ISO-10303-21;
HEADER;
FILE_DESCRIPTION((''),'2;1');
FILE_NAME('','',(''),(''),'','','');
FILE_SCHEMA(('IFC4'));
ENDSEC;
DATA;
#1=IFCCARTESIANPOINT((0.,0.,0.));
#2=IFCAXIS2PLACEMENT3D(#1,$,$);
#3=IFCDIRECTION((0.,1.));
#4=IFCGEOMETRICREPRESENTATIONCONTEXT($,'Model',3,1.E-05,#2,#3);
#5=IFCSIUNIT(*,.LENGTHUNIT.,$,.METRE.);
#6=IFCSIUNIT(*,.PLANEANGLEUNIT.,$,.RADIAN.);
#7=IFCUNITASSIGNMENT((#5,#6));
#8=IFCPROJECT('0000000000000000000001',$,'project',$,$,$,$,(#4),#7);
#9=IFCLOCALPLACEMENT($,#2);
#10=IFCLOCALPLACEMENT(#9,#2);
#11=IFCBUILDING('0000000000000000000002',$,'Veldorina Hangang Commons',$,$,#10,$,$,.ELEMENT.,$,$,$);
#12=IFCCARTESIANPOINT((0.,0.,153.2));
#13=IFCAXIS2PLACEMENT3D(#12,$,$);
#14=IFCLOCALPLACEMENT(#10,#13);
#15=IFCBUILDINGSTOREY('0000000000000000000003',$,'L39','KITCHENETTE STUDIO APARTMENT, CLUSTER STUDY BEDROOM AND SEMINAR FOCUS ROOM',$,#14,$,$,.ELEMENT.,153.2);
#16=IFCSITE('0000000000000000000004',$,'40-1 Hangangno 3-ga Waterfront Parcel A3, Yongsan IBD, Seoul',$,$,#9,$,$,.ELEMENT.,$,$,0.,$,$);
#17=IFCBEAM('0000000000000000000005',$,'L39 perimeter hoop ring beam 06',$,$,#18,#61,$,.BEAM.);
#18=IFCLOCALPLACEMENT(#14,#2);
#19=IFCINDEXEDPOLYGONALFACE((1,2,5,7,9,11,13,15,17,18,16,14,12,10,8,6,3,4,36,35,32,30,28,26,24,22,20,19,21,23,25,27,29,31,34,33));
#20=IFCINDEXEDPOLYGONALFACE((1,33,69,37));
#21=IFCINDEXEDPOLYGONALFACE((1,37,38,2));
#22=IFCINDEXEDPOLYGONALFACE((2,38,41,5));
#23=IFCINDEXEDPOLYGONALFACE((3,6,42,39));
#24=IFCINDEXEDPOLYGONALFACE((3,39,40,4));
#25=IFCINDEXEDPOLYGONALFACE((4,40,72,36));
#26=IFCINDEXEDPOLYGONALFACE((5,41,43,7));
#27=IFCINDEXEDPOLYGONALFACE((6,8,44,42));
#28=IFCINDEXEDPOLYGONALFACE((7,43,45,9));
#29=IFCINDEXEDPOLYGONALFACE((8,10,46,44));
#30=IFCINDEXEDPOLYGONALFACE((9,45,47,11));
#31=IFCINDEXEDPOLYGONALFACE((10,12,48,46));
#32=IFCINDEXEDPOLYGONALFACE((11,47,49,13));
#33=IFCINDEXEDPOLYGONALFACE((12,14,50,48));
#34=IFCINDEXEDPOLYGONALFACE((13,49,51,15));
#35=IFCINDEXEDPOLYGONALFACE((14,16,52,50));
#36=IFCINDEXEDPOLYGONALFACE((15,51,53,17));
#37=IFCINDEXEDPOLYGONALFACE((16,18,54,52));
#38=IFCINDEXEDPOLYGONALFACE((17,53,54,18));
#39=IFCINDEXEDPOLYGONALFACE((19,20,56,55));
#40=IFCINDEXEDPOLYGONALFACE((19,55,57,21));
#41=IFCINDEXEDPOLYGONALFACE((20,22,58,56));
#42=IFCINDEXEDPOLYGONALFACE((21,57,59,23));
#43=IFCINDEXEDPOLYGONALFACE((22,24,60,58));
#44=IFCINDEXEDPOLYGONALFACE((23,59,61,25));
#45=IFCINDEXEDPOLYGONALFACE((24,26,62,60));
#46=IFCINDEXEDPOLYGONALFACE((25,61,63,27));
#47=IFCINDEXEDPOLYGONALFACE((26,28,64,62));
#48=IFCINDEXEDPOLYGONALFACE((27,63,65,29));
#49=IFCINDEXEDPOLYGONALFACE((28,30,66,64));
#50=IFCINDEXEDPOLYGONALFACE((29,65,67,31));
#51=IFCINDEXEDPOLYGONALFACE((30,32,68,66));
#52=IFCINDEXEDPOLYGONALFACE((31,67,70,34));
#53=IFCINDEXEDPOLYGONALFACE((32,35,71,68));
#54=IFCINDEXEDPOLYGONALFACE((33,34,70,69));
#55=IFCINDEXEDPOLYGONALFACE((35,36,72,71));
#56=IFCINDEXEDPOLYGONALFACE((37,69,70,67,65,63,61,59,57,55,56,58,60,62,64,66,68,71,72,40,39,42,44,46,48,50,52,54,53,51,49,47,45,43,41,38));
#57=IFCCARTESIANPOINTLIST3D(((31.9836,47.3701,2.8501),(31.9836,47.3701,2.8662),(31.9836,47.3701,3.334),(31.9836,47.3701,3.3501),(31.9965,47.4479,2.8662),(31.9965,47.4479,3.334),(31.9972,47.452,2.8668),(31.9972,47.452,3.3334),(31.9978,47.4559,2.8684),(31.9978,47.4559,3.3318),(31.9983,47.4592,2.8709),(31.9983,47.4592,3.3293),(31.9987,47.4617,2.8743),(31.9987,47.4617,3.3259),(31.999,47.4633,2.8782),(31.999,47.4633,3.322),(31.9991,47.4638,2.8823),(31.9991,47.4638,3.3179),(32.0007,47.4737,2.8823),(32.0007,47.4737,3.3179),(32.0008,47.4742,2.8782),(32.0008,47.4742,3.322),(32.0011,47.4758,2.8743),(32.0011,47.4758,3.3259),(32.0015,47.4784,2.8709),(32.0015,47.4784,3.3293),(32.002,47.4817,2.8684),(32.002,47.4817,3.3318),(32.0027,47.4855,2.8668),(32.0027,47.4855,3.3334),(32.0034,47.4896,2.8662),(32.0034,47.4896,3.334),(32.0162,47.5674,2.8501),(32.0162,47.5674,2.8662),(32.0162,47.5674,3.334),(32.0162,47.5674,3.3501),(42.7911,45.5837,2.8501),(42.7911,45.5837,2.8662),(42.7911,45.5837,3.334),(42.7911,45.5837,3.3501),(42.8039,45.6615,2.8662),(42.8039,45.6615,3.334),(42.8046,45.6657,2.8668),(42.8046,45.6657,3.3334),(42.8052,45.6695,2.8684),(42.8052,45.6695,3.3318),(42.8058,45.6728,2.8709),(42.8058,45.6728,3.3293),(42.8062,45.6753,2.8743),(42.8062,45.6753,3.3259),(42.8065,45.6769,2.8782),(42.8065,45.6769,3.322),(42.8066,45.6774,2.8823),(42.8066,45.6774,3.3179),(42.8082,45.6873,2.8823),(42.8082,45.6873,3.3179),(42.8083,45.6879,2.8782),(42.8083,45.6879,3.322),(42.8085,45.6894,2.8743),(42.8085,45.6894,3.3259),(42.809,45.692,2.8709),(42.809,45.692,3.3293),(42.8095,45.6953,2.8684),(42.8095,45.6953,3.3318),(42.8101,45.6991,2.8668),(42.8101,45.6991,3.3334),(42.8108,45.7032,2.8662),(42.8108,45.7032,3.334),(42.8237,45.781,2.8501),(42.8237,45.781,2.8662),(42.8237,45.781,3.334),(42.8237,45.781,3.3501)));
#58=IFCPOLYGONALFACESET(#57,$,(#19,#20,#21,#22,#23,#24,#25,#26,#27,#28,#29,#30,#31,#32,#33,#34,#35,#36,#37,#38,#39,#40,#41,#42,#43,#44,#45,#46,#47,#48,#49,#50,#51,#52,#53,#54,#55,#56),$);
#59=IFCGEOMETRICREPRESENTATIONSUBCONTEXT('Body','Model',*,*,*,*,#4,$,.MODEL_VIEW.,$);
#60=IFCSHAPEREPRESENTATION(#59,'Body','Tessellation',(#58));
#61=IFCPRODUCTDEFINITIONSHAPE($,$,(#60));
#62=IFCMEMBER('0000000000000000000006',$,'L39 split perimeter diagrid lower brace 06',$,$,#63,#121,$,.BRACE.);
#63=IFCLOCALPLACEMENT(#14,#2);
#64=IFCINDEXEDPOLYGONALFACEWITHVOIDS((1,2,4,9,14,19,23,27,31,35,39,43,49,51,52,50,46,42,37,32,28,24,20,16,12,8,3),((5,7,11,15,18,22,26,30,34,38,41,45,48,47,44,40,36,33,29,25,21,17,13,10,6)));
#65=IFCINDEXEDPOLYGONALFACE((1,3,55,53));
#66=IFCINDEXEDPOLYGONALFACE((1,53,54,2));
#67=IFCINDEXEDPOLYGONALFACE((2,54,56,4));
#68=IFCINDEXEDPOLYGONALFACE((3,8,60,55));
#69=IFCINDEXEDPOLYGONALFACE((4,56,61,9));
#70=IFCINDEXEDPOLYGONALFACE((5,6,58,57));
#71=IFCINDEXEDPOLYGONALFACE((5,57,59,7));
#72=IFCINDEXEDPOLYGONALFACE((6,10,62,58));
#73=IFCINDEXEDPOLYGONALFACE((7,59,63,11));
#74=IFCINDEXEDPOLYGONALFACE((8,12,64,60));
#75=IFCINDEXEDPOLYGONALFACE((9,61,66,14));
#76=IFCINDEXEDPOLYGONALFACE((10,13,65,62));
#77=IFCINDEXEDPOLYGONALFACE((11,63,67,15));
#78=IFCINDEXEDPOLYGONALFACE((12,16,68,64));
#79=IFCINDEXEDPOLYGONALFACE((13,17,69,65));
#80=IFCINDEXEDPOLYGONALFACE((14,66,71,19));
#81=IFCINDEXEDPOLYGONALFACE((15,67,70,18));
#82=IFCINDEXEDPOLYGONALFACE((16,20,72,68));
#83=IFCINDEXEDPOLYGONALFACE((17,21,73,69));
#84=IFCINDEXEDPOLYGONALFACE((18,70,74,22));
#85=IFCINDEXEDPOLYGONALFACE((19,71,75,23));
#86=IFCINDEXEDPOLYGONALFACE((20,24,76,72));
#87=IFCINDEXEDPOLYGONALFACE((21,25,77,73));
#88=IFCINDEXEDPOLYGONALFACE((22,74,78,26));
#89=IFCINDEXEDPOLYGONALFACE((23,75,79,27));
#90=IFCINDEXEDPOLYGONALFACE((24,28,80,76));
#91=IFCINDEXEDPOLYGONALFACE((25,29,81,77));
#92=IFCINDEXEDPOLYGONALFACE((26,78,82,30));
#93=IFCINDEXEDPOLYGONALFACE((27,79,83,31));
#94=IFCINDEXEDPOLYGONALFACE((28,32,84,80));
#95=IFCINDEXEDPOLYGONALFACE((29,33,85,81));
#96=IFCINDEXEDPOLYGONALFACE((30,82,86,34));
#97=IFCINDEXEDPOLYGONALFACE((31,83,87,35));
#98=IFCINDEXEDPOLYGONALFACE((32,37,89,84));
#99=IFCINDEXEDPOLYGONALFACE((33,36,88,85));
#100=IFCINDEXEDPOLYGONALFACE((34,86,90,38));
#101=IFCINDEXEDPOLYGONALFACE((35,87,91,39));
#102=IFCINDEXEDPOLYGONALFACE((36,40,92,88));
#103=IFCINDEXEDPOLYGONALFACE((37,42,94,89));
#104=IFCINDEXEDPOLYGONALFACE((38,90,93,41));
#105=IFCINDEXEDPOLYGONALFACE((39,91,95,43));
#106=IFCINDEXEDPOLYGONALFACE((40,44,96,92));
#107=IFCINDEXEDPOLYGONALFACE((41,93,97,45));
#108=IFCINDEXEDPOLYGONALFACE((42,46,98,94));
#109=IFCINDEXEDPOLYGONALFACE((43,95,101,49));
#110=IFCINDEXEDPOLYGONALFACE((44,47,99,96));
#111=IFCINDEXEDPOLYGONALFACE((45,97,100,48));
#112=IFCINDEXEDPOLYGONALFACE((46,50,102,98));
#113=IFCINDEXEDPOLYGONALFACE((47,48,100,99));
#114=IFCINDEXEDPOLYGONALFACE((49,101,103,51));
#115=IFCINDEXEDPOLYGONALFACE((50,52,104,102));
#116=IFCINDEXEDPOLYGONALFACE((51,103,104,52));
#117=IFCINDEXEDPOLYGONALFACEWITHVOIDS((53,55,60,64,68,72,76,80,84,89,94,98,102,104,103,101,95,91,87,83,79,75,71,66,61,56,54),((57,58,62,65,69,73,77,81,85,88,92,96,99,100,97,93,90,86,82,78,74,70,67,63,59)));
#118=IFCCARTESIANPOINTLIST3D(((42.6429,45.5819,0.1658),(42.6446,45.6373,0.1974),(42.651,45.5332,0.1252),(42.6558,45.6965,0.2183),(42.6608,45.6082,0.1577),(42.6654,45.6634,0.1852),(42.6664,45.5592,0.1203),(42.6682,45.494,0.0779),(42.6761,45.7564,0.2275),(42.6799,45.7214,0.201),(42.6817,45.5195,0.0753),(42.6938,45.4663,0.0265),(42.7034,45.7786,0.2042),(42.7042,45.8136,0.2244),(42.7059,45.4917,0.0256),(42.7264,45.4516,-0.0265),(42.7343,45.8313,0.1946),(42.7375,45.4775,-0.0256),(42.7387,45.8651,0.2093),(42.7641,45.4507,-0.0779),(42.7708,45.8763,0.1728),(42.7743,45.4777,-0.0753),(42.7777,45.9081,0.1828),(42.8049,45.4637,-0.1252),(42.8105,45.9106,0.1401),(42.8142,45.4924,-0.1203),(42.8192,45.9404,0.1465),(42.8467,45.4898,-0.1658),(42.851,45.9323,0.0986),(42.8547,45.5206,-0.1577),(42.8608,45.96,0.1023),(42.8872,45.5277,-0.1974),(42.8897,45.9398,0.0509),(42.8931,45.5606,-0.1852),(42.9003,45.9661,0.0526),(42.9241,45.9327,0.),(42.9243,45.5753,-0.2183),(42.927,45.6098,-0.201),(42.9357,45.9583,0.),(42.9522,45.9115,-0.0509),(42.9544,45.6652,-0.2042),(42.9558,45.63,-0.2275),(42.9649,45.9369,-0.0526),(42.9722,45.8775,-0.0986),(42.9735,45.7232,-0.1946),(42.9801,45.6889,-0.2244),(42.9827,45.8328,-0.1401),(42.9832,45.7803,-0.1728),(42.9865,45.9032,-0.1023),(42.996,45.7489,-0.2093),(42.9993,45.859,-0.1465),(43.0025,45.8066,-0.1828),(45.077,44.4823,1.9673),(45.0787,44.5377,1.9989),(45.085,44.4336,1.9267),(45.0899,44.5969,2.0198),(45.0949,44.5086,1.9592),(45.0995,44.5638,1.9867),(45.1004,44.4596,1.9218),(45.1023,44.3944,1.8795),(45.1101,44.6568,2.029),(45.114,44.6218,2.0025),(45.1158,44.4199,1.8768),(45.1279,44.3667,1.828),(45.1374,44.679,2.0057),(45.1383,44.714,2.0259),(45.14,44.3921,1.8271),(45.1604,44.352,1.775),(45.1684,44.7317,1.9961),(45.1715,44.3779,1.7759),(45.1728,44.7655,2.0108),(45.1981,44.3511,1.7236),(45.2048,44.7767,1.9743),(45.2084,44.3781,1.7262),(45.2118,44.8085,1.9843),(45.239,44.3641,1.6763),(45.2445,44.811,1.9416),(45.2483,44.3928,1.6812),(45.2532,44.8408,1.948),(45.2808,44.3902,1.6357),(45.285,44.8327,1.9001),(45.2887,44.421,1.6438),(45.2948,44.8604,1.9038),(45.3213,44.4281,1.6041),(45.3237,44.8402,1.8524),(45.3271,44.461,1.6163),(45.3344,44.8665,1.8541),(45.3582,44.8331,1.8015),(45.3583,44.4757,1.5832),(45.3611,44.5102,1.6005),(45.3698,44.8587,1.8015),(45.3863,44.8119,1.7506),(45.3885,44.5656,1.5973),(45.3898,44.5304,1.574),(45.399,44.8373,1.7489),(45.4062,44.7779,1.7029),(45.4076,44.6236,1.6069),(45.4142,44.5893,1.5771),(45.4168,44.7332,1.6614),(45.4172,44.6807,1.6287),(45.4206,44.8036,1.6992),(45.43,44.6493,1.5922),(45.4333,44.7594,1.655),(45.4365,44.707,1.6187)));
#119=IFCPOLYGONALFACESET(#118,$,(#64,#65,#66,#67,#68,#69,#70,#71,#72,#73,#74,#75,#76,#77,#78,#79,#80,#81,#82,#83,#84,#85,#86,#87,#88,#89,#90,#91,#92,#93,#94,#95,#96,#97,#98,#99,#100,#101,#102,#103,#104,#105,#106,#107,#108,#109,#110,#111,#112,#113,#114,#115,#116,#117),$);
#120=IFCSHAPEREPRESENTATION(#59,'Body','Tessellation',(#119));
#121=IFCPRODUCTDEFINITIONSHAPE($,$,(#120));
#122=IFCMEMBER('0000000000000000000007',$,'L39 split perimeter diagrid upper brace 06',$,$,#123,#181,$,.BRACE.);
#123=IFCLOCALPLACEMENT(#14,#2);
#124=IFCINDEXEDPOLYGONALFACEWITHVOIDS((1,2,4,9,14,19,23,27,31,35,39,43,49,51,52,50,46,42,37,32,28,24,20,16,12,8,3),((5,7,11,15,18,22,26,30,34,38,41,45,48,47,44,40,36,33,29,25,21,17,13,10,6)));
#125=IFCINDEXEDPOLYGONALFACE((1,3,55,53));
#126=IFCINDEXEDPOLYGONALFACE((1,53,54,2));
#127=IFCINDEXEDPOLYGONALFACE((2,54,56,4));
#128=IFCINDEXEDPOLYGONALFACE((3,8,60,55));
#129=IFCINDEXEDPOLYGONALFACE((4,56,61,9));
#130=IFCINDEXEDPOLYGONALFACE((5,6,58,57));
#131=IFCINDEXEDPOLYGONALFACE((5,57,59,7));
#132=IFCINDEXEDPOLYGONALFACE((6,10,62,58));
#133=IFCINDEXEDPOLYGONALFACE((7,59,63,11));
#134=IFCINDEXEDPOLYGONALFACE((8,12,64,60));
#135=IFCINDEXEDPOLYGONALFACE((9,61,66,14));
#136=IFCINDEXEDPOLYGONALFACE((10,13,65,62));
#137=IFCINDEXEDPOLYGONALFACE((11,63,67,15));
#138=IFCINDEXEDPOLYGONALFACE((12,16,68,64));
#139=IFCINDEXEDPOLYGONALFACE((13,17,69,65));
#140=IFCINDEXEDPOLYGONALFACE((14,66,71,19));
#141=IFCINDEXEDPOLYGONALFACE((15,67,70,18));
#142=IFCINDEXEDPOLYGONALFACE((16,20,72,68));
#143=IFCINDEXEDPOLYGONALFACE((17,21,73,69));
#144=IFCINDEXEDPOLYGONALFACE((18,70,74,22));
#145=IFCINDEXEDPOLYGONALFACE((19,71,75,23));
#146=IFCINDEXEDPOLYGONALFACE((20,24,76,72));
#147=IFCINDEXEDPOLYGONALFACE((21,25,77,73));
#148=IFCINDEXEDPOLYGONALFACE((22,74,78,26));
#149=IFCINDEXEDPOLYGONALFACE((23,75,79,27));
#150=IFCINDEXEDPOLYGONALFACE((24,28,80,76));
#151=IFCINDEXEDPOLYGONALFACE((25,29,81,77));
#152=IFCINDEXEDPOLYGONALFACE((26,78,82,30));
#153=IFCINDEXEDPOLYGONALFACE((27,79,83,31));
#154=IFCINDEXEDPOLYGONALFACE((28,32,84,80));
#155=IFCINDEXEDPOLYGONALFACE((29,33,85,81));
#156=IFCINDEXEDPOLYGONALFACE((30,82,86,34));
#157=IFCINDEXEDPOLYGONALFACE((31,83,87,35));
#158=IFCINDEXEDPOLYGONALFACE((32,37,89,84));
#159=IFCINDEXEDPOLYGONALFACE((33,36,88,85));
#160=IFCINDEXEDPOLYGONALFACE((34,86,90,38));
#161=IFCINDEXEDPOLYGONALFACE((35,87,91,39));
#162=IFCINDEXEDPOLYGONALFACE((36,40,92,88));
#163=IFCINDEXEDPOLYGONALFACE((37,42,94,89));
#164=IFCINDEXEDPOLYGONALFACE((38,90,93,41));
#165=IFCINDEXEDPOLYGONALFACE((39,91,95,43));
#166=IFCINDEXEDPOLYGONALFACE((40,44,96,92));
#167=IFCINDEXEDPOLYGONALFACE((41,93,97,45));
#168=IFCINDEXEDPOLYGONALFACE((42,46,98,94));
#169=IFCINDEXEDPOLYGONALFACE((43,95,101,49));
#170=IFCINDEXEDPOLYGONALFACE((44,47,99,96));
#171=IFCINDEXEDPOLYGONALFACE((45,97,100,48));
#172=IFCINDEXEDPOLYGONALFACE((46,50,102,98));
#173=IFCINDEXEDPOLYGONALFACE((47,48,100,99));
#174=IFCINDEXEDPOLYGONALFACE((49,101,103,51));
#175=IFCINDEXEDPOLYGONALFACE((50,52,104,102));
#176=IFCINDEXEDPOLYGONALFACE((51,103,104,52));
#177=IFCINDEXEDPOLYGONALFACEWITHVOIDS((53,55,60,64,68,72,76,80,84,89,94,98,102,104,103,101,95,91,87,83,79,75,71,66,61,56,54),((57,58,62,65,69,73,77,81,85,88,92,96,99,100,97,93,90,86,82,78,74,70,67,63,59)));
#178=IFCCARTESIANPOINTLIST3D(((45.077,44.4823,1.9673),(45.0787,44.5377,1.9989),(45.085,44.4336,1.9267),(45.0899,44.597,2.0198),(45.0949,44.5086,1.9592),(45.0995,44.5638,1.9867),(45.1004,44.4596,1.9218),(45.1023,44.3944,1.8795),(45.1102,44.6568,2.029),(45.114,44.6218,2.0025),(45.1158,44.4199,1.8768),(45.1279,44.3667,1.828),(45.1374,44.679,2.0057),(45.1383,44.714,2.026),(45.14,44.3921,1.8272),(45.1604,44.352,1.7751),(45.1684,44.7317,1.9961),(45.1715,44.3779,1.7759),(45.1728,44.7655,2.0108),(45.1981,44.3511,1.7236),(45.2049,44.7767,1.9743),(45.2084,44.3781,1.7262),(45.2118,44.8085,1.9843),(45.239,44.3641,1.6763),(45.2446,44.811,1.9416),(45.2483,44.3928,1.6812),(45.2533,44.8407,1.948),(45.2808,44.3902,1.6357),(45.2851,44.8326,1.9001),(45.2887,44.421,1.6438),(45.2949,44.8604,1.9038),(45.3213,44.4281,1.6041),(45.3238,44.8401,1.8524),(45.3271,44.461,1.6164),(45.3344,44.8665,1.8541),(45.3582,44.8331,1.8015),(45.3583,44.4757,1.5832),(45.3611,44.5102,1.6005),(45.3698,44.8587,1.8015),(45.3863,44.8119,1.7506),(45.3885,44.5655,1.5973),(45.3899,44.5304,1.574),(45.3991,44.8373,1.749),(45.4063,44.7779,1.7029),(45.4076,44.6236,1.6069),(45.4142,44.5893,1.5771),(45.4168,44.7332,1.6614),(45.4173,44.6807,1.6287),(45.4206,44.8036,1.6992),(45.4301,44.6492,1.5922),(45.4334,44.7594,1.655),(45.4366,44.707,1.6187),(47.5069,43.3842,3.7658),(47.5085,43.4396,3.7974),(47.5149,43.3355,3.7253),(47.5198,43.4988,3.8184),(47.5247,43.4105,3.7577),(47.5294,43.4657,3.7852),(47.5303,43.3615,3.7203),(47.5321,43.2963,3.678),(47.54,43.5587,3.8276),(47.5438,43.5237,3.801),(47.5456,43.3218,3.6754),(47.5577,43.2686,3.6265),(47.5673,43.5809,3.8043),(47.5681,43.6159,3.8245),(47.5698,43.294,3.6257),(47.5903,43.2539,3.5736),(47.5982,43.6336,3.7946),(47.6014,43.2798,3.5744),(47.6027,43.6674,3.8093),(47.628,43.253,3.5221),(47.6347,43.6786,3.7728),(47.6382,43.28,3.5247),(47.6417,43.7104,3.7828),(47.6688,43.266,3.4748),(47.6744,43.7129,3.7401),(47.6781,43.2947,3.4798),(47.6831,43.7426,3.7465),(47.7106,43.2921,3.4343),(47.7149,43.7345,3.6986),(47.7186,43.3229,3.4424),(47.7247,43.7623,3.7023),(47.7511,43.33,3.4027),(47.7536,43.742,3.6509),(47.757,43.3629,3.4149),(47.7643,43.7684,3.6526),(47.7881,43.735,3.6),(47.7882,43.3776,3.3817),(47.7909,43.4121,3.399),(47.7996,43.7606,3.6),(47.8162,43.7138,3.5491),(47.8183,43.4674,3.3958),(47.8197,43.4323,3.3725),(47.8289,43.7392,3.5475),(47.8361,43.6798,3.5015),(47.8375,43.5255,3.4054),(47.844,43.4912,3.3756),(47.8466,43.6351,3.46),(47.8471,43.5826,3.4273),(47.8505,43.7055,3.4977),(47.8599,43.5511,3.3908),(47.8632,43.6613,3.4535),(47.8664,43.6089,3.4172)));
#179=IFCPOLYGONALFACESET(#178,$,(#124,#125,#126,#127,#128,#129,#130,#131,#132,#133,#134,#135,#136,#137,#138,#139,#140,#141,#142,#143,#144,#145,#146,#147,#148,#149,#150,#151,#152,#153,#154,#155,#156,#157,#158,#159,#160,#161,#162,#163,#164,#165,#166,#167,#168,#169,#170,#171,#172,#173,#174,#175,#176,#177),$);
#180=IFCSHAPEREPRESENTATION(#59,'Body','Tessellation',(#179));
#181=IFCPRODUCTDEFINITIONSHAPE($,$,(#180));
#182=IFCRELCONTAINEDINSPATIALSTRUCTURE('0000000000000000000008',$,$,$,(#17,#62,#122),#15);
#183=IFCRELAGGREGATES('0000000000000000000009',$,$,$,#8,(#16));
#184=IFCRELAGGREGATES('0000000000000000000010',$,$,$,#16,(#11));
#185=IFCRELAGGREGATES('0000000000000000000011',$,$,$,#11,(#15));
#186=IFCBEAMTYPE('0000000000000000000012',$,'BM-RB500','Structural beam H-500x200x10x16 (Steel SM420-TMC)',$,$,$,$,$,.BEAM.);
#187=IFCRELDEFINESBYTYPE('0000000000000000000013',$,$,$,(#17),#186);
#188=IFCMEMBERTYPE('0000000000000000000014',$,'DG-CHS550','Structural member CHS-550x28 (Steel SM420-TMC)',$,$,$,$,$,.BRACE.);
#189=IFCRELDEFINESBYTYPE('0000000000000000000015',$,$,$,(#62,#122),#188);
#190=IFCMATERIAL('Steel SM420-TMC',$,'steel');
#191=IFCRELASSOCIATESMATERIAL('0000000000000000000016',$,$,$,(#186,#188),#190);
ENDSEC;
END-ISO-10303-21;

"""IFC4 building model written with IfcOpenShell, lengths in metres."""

from ifc_helpers import new_model, si_unit, direction, frame, origin, origin_2d, place, context, subcontext, project, spatial, hollow_circle, i_section, extrude, material, material_profile, profile_set, type_object, element, save


model = new_model("IFC4")

# Units and contexts
model_context = context("Model", 3, precision=1e-05, world=origin(), true_north=direction((0.0, 1.0)))
body_context = subcontext(model_context, "Body", "Model", "MODEL_VIEW")
ifc_project = project(units=[si_unit("LENGTHUNIT", "METRE"), si_unit("PLANEANGLEUNIT", "RADIAN")], contexts=[model_context])

# Site, building, storey
site_placement = place(None, origin())
site = spatial("IfcSite", under=ifc_project, at=site_placement, Name="40-1 Hangangno 3-ga Waterfront Parcel A3, Yongsan IBD, Seoul", CompositionType="ELEMENT", RefElevation=0.0)
building_placement = place(site_placement, origin())
building = spatial("IfcBuilding", under=site, at=building_placement, Name="Veldorina Hangang Commons", CompositionType="ELEMENT")
storey_placement = place(building_placement, frame((0.0, 0.0, 153.2)))
storey = spatial("IfcBuildingStorey", under=building, at=storey_placement, Name="L39", Description="KITCHENETTE STUDIO APARTMENT, CLUSTER STUDY BEDROOM AND SEMINAR FOCUS ROOM", CompositionType="ELEMENT", Elevation=153.2)

# Beam
ifc_material_1 = material(Name="Steel SM420-TMC", Category="steel")
ifc_material_profile_1 = material_profile(ifc_material_1, i_section(OverallWidth=0.2, OverallDepth=0.5, WebThickness=0.01, FlangeThickness=0.0161, FilletRadius=0.0161, at=origin_2d()), Name="H-500x200x10x16")
ifc_profile_set_1 = profile_set([ifc_material_profile_1], Name="Steel SM420-TMC")
beam_type = type_object("IfcBeamType", Name="BM-RB500", Description="Structural beam H-500x200x10x16 (Steel SM420-TMC)", PredefinedType="BEAM", material=ifc_profile_set_1)
beam_placement = place(storey_placement, frame((42.8074, 45.6824, 3.1001), z_axis=(-0.986613, 0.16308, 0.0), x_axis=(-0.16308, -0.986613, 0.0)))
element("IfcBeam", 1, at=beam_placement, inside=storey, type_object=beam_type, Name="L39 perimeter hoop ring beam 06", PredefinedType="BEAM", context=body_context, shape_type="SweptSolid", body=[
    extrude(i_section(OverallWidth=0.2, OverallDepth=0.5, WebThickness=0.01, FlangeThickness=0.0161, FilletRadius=0.0161, at=origin_2d()), origin(), (0.0, 0.0, 1.0), 10.9541),
])

# Members
ifc_material_profile_2 = material_profile(ifc_material_1, hollow_circle(Radius=0.2749, WallThickness=0.0281, at=origin_2d()), Name="CHS-550x28")
ifc_profile_set_2 = profile_set([ifc_material_profile_2], Name="Steel SM420-TMC")
member_type = type_object("IfcMemberType", Name="DG-CHS550", Description="Structural member CHS-550x28 (Steel SM420-TMC)", PredefinedType="BRACE", material=ifc_profile_set_2)
member_1_placement = place(storey_placement, frame((42.8225, 45.7078, 0.0), z_axis=(0.755527, -0.341313, 0.559181), x_axis=(0.411694, 0.911322, 0.0)))
element("IfcMember", 2, at=member_1_placement, inside=storey, type_object=member_type, Name="L39 split perimeter diagrid lower brace 06", PredefinedType="BRACE", context=body_context, shape_type="SweptSolid", body=[
    extrude(hollow_circle(Radius=0.2749, WallThickness=0.0281, at=origin_2d()), origin(), (0.0, 0.0, 1.0), 3.2217),
])
member_2_placement = place(storey_placement, frame((45.2566, 44.6082, 1.8015), z_axis=(0.755476, -0.341418, 0.559187), x_axis=(0.411822, 0.911264, 0.0)))
element("IfcMember", 3, at=member_2_placement, inside=storey, type_object=member_type, Name="L39 split perimeter diagrid upper brace 06", PredefinedType="BRACE", context=body_context, shape_type="SweptSolid", body=[
    extrude(hollow_circle(Radius=0.2749, WallThickness=0.0281, at=origin_2d()), origin(), (0.0, 0.0, 1.0), 3.2163),
])

save(model, "model.ifc")
